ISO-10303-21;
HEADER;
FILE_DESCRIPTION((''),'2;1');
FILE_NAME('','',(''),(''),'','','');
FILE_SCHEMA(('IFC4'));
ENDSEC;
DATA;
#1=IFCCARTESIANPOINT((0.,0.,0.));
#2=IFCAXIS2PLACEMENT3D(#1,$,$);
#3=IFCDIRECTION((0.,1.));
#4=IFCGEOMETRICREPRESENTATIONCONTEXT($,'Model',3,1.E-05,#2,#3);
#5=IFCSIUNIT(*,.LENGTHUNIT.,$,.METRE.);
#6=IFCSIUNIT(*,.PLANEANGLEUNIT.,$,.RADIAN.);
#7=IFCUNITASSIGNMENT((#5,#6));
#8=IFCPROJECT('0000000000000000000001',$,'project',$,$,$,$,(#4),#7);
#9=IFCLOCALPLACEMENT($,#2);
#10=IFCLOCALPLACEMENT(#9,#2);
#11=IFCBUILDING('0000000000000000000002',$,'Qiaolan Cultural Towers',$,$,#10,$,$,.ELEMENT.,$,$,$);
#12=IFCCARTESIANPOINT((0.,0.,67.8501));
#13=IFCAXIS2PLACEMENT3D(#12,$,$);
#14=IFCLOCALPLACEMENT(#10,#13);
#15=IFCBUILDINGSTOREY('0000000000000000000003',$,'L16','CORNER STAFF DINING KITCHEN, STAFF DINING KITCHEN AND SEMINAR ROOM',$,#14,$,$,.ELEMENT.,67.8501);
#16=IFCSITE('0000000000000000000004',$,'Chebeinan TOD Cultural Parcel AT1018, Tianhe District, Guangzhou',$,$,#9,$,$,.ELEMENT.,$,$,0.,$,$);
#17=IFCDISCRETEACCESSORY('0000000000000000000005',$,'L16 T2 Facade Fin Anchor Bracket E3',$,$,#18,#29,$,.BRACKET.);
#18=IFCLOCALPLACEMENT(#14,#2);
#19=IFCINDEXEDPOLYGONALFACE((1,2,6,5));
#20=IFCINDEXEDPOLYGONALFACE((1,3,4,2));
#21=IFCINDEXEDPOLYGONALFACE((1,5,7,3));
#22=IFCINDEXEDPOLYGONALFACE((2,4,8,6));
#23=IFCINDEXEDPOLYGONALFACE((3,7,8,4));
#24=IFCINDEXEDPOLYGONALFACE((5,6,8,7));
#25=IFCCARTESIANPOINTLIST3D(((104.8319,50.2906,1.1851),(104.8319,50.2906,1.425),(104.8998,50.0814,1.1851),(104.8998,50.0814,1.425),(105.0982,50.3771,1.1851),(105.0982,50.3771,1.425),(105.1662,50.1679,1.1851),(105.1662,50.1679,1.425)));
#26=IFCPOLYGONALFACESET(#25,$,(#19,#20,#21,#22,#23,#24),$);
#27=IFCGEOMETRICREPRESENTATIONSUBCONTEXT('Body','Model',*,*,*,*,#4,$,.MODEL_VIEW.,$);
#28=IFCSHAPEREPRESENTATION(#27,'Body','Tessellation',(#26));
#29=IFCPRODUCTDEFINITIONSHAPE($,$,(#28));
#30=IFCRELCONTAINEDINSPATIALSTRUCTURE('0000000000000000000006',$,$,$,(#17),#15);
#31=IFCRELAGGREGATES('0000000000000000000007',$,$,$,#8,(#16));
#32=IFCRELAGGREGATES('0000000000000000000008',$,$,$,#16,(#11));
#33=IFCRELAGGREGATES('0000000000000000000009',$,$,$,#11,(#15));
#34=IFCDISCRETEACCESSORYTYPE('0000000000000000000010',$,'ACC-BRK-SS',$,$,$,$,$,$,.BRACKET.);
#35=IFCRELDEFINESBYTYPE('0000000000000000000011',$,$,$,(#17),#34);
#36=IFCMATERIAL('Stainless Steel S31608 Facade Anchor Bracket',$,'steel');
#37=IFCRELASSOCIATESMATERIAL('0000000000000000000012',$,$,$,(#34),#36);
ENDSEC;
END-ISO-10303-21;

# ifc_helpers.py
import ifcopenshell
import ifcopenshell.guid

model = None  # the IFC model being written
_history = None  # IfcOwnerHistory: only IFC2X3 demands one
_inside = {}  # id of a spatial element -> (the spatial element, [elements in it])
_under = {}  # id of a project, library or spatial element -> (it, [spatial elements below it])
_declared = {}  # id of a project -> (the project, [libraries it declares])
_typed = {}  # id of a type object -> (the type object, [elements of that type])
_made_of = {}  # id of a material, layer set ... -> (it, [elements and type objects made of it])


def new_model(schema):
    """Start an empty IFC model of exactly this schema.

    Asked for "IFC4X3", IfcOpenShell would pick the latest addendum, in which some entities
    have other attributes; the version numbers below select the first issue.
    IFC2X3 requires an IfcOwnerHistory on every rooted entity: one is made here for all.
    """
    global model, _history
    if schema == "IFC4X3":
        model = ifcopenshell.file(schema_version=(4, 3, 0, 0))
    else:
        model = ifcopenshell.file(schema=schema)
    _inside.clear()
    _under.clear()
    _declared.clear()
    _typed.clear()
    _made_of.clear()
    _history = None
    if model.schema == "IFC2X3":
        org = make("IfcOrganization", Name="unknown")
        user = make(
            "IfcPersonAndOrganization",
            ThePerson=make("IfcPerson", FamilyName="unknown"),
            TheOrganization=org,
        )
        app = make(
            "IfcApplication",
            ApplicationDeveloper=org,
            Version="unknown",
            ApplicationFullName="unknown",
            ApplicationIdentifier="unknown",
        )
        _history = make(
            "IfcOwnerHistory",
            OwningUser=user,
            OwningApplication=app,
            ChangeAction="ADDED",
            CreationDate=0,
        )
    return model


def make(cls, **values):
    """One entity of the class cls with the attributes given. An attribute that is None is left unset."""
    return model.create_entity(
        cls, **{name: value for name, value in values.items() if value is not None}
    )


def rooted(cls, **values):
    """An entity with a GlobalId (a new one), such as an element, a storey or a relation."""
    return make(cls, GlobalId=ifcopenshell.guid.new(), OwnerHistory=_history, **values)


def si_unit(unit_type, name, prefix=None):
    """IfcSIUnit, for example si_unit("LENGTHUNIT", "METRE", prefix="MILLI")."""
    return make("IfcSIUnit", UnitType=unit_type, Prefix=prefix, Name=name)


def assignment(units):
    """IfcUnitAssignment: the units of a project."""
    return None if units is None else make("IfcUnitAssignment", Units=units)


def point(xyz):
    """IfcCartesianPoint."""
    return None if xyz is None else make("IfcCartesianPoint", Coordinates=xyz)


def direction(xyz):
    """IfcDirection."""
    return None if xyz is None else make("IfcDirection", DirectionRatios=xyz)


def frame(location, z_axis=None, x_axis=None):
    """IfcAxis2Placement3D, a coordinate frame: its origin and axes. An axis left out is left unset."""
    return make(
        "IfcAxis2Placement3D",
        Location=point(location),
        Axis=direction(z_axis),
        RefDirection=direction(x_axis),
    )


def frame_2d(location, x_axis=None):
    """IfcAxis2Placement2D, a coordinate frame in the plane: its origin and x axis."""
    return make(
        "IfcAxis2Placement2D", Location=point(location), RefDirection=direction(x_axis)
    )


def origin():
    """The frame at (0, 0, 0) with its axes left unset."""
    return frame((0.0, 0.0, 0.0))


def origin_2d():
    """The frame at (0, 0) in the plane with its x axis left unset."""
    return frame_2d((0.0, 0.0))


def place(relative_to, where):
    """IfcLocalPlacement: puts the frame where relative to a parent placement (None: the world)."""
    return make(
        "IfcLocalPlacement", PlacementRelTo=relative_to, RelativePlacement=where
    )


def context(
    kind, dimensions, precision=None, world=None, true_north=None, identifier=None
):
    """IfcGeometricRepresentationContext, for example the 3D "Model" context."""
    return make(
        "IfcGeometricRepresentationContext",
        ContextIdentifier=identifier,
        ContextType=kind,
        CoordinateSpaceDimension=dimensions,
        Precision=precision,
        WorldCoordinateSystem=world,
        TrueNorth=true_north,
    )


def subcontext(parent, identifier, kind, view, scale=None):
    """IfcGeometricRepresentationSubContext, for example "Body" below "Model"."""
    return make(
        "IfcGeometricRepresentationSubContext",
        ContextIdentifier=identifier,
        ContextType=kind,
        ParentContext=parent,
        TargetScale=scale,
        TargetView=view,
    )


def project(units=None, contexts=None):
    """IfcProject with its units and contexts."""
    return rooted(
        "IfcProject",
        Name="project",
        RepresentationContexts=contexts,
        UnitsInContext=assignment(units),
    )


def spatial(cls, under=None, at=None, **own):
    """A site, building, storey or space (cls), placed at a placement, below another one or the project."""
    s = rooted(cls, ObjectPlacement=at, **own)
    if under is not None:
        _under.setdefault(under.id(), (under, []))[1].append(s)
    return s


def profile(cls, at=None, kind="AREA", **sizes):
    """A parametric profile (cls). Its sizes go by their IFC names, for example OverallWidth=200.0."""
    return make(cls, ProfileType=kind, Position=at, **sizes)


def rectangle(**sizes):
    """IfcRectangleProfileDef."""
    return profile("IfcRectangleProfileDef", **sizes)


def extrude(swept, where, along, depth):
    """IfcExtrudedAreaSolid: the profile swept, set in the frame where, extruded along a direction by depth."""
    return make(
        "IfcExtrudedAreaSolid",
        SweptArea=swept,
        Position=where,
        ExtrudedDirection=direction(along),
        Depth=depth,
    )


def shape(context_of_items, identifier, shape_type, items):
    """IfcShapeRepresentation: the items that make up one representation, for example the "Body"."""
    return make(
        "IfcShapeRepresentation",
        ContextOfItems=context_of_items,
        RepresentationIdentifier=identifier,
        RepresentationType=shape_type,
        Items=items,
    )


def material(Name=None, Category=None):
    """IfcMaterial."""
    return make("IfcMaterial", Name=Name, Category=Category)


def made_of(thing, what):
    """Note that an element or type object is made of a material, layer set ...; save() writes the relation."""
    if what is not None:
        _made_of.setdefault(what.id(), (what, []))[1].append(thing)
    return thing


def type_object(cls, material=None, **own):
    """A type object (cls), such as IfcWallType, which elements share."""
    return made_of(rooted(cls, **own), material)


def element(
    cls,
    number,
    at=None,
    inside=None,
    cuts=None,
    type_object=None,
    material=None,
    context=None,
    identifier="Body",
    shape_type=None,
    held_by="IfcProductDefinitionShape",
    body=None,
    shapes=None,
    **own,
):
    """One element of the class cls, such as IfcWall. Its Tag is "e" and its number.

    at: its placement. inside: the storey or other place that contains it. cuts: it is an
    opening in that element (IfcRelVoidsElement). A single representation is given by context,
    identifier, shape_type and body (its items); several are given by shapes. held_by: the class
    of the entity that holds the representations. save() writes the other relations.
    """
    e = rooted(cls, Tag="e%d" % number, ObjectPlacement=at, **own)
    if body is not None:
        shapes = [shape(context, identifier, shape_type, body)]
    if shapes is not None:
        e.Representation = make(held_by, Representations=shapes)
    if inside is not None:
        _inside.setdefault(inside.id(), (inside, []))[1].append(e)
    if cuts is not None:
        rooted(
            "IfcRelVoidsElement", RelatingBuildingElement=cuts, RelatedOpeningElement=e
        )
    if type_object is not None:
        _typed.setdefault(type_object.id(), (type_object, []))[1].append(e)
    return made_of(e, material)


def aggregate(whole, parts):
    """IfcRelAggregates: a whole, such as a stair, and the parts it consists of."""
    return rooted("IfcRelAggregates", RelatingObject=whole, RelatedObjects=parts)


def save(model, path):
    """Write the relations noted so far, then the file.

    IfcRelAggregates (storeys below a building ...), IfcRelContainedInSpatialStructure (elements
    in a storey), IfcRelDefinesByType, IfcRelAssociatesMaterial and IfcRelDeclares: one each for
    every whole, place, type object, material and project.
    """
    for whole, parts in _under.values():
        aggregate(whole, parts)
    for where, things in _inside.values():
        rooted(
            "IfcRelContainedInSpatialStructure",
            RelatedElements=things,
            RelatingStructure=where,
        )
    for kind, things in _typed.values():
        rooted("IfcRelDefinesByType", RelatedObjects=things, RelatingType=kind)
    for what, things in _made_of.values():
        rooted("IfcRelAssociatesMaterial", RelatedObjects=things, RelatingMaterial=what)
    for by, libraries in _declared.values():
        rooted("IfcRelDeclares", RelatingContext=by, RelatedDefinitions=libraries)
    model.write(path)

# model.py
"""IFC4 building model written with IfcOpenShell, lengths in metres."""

from ifc_helpers import new_model, si_unit, direction, frame, origin, origin_2d, place, context, subcontext, project, spatial, rectangle, extrude, material, type_object, element, save


model = new_model("IFC4")

# Units and contexts
model_context = context("Model", 3, precision=1e-05, world=origin(), true_north=direction((0.0, 1.0)))
body_context = subcontext(model_context, "Body", "Model", "MODEL_VIEW")
ifc_project = project(units=[si_unit("LENGTHUNIT", "METRE"), si_unit("PLANEANGLEUNIT", "RADIAN")], contexts=[model_context])

# Site, building, storey
site_placement = place(None, origin())
site = spatial("IfcSite", under=ifc_project, at=site_placement, Name="Chebeinan TOD Cultural Parcel AT1018, Tianhe District, Guangzhou", CompositionType="ELEMENT", RefElevation=0.0)
building_placement = place(site_placement, origin())
building = spatial("IfcBuilding", under=site, at=building_placement, Name="Qiaolan Cultural Towers", CompositionType="ELEMENT")
storey_placement = place(building_placement, frame((0.0, 0.0, 67.8501)))
storey = spatial("IfcBuildingStorey", under=building, at=storey_placement, Name="L16", Description="CORNER STAFF DINING KITCHEN, STAFF DINING KITCHEN AND SEMINAR ROOM", CompositionType="ELEMENT", Elevation=67.8501)

# Discrete accessory
ifc_material_1 = material(Name="Stainless Steel S31608 Facade Anchor Bracket", Category="steel")
discrete_accessory_type = type_object("IfcDiscreteAccessoryType", Name="ACC-BRK-SS", PredefinedType="BRACKET", material=ifc_material_1)
for number, where, z_axis, x_axis, name in (
    (1, (104.999, 50.2292, 1.1851), (0.0, 0.0, 1.0), (0.951057, 0.309017, 0.0), "L16 T2 Facade Fin Anchor Bracket E3"),
):
    element("IfcDiscreteAccessory", number, at=place(storey_placement, frame(where, z_axis=z_axis, x_axis=x_axis)), inside=storey, type_object=discrete_accessory_type, Name=name, PredefinedType="BRACKET", context=body_context, shape_type="SweptSolid", body=[
        extrude(rectangle(XDim=0.28, YDim=0.22, at=origin_2d()), origin(), (0.0, 0.0, 1.0), 0.24),
    ])

save(model, "model.ifc")
